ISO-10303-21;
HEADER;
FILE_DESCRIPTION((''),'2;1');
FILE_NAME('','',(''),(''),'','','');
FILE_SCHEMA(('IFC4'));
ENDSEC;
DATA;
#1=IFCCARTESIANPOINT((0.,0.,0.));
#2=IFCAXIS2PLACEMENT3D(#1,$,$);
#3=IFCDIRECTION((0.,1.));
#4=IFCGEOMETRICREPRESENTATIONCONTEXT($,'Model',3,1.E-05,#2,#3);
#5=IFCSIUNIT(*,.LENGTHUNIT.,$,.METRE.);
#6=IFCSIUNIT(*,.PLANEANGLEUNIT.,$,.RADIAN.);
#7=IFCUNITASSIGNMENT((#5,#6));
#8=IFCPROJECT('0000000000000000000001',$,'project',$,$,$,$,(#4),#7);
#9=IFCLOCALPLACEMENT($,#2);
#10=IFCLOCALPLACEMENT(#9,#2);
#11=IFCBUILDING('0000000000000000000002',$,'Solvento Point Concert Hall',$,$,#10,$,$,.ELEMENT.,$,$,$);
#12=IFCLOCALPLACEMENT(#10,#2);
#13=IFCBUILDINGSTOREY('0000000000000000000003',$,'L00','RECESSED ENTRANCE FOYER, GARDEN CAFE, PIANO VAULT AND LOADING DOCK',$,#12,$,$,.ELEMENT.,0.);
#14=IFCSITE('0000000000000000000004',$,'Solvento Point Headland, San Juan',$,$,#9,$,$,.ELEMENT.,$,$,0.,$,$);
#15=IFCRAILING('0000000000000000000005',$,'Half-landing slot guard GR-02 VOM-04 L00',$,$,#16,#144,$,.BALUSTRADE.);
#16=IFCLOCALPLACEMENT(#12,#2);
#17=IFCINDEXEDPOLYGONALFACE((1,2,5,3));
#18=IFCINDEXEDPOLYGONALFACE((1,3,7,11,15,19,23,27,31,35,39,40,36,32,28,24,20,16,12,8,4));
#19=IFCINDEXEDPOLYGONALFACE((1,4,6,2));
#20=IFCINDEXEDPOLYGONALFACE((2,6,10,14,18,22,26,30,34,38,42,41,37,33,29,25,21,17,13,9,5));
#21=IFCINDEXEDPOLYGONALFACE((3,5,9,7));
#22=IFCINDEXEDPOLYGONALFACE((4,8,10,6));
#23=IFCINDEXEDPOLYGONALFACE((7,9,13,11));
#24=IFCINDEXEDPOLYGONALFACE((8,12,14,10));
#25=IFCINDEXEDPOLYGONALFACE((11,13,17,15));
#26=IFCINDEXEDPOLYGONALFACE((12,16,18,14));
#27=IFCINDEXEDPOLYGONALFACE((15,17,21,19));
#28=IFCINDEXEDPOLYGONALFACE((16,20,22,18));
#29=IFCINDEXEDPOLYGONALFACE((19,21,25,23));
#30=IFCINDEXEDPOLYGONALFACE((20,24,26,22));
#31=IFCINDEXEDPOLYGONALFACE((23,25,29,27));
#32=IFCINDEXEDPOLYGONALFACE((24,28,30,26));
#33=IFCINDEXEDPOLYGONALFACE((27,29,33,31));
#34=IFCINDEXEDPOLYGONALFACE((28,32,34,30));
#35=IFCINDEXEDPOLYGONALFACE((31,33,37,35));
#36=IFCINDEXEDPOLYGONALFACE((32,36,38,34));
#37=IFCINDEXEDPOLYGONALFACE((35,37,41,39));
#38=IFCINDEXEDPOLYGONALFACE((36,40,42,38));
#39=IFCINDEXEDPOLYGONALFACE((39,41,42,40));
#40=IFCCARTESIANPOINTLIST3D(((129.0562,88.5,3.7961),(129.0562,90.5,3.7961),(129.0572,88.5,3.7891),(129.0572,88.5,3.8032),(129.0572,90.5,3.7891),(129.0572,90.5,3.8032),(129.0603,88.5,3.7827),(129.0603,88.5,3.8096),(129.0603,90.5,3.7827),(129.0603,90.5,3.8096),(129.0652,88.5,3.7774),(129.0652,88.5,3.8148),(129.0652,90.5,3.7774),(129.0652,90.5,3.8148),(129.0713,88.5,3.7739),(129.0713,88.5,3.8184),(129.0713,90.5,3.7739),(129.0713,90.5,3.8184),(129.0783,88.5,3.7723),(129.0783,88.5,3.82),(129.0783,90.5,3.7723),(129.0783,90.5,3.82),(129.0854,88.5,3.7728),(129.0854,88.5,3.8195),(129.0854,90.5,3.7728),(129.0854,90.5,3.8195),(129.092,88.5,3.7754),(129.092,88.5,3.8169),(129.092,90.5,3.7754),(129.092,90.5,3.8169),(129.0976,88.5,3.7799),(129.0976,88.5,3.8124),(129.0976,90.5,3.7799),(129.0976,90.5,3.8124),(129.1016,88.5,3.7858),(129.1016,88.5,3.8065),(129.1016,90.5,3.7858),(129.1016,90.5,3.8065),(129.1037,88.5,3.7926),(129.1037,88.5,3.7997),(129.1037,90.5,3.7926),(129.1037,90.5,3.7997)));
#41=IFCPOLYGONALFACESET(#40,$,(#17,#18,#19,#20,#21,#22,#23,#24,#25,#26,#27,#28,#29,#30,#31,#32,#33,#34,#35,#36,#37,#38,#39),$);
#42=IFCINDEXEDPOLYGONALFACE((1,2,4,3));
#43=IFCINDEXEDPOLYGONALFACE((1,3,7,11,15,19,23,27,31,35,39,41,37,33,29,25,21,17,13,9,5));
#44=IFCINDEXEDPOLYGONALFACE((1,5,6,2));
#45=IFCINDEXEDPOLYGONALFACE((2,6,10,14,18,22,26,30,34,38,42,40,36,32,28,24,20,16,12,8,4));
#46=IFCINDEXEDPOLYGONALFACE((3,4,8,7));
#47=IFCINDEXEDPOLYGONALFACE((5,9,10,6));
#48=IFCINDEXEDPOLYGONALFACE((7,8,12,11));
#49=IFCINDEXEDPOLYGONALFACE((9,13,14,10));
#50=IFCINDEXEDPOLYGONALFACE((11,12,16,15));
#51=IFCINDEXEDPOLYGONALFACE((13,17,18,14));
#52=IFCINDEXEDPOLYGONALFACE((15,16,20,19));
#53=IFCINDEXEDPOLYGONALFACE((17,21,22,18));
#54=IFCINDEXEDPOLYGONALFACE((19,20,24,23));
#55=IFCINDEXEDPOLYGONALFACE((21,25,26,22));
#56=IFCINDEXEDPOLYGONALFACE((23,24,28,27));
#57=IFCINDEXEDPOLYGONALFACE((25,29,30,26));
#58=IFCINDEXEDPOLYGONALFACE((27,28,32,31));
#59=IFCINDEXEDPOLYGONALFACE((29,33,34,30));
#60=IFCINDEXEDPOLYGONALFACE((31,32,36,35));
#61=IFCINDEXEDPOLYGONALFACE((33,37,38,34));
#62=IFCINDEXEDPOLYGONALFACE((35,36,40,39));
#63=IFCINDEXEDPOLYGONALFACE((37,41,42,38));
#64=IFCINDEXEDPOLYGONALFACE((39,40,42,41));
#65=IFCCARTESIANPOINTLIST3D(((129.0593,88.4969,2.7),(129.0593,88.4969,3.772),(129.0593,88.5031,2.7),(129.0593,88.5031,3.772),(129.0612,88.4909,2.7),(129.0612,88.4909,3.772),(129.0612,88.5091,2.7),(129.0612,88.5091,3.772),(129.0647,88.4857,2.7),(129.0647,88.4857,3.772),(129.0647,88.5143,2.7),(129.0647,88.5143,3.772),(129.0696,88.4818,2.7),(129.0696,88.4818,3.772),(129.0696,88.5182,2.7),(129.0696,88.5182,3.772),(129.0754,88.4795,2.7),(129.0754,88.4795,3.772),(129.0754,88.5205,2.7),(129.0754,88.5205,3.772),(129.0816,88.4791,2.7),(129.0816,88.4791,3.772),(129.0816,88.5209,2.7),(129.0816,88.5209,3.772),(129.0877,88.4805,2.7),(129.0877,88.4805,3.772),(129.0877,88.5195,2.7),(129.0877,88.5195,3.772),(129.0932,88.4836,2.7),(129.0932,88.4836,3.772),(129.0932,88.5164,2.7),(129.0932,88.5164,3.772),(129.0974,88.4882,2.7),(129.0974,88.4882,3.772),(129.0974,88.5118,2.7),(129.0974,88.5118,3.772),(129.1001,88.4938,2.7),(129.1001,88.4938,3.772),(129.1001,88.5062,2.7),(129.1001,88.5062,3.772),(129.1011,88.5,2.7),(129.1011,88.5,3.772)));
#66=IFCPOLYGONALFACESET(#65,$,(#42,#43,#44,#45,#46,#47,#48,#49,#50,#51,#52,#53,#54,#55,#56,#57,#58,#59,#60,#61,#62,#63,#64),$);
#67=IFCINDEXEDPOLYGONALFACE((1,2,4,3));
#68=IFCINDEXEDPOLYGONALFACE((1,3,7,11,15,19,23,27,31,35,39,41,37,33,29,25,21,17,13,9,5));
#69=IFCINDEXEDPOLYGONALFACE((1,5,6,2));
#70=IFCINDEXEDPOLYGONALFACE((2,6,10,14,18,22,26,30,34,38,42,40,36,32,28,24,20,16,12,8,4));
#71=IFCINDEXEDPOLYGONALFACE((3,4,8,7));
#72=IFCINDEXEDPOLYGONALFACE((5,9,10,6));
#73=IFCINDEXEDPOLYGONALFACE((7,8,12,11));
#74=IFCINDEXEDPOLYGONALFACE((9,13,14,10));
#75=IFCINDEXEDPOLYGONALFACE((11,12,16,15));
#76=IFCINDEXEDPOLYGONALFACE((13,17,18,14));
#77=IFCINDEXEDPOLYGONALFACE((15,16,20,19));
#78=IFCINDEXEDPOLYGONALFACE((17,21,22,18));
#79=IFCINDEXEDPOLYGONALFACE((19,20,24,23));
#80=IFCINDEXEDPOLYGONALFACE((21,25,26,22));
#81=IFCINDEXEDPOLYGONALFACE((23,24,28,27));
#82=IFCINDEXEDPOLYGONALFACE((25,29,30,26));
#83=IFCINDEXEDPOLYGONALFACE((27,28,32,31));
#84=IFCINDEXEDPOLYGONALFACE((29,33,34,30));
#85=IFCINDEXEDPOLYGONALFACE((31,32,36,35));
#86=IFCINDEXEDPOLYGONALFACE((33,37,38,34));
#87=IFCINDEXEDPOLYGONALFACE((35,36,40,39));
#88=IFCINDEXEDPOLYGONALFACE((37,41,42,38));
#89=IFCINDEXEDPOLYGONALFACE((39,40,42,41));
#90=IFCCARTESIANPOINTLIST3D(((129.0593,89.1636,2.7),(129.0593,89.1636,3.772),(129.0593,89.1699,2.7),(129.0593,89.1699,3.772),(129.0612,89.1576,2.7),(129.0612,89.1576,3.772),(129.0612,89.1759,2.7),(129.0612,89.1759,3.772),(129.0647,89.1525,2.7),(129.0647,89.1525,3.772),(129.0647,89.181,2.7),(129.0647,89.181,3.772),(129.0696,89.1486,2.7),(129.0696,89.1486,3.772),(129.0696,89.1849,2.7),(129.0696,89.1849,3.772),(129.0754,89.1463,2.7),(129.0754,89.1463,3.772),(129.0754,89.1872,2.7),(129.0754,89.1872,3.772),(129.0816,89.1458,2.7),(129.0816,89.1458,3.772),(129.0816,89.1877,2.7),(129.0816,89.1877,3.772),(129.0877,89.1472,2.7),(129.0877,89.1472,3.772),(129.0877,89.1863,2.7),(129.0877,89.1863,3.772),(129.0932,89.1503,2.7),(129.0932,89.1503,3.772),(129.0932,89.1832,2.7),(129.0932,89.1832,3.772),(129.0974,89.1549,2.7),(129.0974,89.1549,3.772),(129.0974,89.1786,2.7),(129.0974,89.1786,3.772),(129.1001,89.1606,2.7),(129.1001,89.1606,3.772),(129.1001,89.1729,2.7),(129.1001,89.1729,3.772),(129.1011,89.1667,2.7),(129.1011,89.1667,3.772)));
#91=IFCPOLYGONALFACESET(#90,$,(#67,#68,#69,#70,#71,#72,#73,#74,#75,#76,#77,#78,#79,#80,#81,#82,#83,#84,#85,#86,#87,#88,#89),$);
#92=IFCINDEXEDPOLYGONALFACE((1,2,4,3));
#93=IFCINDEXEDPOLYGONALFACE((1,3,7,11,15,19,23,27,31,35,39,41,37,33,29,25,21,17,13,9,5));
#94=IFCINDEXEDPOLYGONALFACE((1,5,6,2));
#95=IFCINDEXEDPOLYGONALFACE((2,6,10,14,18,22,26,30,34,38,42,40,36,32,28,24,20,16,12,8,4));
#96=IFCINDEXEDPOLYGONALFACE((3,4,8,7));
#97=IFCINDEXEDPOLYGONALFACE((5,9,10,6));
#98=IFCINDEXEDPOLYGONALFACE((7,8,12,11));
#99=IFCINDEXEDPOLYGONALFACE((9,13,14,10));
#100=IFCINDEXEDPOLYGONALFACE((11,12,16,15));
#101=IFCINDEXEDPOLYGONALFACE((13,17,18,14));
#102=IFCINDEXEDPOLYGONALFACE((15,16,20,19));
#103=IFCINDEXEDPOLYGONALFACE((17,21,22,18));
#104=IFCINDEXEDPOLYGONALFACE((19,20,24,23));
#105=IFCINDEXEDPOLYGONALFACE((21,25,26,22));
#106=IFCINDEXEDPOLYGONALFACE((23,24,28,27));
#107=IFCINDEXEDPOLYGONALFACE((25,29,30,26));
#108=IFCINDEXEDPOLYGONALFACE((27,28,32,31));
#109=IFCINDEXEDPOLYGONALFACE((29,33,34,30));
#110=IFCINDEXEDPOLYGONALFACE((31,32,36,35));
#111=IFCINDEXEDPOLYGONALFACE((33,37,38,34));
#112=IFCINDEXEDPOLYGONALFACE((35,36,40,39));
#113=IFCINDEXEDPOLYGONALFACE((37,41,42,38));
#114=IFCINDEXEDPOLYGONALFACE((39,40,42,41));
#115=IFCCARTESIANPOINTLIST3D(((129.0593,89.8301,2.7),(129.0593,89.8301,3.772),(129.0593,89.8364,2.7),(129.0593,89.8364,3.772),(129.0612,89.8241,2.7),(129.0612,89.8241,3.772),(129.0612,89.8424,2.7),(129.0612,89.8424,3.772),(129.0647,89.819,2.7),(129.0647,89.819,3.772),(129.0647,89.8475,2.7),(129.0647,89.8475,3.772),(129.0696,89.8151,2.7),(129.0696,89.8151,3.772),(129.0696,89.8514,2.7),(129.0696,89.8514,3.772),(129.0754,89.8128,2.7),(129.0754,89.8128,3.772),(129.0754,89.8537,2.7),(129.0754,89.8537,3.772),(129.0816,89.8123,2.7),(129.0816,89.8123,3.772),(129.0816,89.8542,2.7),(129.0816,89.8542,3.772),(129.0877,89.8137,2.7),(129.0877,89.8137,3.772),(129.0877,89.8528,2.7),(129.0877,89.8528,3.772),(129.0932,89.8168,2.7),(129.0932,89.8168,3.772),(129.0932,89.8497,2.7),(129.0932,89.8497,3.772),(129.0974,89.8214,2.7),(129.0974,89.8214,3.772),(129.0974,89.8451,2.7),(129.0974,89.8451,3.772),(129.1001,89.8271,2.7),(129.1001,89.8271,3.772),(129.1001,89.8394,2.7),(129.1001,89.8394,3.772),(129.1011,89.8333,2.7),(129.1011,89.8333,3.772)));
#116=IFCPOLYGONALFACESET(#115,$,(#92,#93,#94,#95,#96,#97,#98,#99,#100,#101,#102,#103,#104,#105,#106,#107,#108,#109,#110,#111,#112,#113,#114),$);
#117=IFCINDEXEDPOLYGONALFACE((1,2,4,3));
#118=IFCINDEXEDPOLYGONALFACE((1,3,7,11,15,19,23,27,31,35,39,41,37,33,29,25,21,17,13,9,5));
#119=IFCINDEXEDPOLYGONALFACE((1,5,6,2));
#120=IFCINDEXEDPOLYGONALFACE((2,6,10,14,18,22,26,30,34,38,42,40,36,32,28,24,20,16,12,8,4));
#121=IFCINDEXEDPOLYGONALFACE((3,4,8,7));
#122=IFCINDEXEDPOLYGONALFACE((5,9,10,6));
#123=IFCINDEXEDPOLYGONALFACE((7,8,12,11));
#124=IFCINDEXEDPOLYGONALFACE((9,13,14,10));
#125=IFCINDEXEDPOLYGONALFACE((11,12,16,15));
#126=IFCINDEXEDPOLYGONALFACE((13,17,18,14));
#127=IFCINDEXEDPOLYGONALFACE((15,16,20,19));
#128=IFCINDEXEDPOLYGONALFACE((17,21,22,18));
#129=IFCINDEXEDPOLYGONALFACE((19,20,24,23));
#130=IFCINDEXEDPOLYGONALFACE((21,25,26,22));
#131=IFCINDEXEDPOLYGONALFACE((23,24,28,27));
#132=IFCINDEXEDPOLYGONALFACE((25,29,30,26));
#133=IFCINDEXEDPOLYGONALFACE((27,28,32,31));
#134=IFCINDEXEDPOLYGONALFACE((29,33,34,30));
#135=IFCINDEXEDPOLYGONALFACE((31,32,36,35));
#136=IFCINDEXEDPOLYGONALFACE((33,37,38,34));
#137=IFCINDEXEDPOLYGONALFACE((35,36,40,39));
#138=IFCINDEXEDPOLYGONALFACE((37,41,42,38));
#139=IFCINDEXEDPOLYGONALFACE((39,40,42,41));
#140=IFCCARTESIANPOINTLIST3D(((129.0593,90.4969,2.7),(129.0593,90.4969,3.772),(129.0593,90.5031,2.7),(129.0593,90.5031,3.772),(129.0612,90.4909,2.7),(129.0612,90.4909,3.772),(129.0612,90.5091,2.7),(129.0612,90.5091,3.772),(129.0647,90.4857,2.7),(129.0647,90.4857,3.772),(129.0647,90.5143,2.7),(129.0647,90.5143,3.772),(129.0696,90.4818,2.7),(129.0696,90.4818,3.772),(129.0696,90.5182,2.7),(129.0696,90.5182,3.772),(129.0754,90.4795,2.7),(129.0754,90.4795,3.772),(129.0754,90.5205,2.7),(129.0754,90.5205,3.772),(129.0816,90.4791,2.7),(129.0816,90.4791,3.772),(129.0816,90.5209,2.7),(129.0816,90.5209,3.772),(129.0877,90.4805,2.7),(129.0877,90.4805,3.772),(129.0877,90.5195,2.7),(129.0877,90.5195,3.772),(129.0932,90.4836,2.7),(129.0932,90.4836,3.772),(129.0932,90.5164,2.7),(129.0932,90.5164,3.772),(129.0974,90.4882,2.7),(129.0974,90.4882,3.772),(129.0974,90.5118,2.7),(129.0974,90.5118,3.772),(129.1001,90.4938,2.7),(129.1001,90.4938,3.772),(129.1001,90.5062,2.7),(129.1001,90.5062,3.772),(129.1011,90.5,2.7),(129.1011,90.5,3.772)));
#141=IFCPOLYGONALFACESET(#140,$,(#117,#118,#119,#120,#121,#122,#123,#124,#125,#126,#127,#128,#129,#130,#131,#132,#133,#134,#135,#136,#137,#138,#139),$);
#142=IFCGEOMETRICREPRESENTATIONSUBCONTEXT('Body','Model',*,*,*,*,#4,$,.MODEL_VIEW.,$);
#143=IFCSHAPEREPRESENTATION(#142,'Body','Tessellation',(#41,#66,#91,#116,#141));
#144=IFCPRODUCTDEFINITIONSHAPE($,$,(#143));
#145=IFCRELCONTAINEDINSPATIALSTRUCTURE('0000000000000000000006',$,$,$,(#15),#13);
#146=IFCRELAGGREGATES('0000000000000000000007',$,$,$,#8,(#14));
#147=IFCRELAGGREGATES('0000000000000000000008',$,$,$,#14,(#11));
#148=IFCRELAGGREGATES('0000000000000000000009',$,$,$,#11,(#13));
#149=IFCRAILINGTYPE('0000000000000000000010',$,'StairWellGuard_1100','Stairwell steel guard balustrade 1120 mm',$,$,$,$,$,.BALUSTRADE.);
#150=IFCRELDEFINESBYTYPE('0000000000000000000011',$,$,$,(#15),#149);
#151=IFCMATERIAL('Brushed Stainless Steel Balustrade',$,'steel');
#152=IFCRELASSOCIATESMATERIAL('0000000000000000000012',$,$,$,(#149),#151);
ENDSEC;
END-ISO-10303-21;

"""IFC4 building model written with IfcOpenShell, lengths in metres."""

from ifc_helpers import new_model, si_unit, direction, frame, origin, origin_2d, place, context, subcontext, project, spatial, circle, extrude, material, type_object, element, save


model = new_model("IFC4")

# Units and contexts
model_context = context("Model", 3, precision=1e-05, world=origin(), true_north=direction((0.0, 1.0)))
body_context = subcontext(model_context, "Body", "Model", "MODEL_VIEW")
ifc_project = project(units=[si_unit("LENGTHUNIT", "METRE"), si_unit("PLANEANGLEUNIT", "RADIAN")], contexts=[model_context])

# Site, building, storey
site_placement = place(None, origin())
site = spatial("IfcSite", under=ifc_project, at=site_placement, Name="Solvento Point Headland, San Juan", CompositionType="ELEMENT", RefElevation=0.0)
building_placement = place(site_placement, origin())
building = spatial("IfcBuilding", under=site, at=building_placement, Name="Solvento Point Concert Hall", CompositionType="ELEMENT")
storey_placement = place(building_placement, origin())
storey = spatial("IfcBuildingStorey", under=building, at=storey_placement, Name="L00", Description="RECESSED ENTRANCE FOYER, GARDEN CAFE, PIANO VAULT AND LOADING DOCK", CompositionType="ELEMENT", Elevation=0.0)

# Railing
ifc_material_1 = material(Name="Brushed Stainless Steel Balustrade", Category="steel")
railing_type_1 = type_object("IfcRailingType", Name="StairWellGuard_1100", Description="Stairwell steel guard balustrade 1120 mm", PredefinedType="BALUSTRADE", material=ifc_material_1)
railing_1_placement = place(storey_placement, frame((129.0801, 88.5, 2.7)))
element("IfcRailing", 1, at=railing_1_placement, inside=storey, type_object=railing_type_1, Name="Half-landing slot guard GR-02 VOM-04 L00", PredefinedType="BALUSTRADE", context=body_context, shape_type="SweptSolid", body=[
    extrude(circle(Radius=0.0239, at=origin_2d()), frame((0.0, 0.0, 1.0962), z_axis=(0.0, 1.0, 0.0), x_axis=(-1.0, 0.0, 0.0)), (0.0, 0.0, 1.0), 2.0),
    extrude(circle(Radius=0.021, at=origin_2d()), origin(), (0.0, 0.0, 1.0), 1.072),
    extrude(circle(Radius=0.021, at=origin_2d()), frame((0.0, 0.6667, 0.0)), (0.0, 0.0, 1.0), 1.072),
    extrude(circle(Radius=0.021, at=origin_2d()), frame((0.0, 1.3333, 0.0)), (0.0, 0.0, 1.0), 1.072),
    extrude(circle(Radius=0.021, at=origin_2d()), frame((0.0, 2.0, 0.0)), (0.0, 0.0, 1.0), 1.072),
])

save(model, "model.ifc")
